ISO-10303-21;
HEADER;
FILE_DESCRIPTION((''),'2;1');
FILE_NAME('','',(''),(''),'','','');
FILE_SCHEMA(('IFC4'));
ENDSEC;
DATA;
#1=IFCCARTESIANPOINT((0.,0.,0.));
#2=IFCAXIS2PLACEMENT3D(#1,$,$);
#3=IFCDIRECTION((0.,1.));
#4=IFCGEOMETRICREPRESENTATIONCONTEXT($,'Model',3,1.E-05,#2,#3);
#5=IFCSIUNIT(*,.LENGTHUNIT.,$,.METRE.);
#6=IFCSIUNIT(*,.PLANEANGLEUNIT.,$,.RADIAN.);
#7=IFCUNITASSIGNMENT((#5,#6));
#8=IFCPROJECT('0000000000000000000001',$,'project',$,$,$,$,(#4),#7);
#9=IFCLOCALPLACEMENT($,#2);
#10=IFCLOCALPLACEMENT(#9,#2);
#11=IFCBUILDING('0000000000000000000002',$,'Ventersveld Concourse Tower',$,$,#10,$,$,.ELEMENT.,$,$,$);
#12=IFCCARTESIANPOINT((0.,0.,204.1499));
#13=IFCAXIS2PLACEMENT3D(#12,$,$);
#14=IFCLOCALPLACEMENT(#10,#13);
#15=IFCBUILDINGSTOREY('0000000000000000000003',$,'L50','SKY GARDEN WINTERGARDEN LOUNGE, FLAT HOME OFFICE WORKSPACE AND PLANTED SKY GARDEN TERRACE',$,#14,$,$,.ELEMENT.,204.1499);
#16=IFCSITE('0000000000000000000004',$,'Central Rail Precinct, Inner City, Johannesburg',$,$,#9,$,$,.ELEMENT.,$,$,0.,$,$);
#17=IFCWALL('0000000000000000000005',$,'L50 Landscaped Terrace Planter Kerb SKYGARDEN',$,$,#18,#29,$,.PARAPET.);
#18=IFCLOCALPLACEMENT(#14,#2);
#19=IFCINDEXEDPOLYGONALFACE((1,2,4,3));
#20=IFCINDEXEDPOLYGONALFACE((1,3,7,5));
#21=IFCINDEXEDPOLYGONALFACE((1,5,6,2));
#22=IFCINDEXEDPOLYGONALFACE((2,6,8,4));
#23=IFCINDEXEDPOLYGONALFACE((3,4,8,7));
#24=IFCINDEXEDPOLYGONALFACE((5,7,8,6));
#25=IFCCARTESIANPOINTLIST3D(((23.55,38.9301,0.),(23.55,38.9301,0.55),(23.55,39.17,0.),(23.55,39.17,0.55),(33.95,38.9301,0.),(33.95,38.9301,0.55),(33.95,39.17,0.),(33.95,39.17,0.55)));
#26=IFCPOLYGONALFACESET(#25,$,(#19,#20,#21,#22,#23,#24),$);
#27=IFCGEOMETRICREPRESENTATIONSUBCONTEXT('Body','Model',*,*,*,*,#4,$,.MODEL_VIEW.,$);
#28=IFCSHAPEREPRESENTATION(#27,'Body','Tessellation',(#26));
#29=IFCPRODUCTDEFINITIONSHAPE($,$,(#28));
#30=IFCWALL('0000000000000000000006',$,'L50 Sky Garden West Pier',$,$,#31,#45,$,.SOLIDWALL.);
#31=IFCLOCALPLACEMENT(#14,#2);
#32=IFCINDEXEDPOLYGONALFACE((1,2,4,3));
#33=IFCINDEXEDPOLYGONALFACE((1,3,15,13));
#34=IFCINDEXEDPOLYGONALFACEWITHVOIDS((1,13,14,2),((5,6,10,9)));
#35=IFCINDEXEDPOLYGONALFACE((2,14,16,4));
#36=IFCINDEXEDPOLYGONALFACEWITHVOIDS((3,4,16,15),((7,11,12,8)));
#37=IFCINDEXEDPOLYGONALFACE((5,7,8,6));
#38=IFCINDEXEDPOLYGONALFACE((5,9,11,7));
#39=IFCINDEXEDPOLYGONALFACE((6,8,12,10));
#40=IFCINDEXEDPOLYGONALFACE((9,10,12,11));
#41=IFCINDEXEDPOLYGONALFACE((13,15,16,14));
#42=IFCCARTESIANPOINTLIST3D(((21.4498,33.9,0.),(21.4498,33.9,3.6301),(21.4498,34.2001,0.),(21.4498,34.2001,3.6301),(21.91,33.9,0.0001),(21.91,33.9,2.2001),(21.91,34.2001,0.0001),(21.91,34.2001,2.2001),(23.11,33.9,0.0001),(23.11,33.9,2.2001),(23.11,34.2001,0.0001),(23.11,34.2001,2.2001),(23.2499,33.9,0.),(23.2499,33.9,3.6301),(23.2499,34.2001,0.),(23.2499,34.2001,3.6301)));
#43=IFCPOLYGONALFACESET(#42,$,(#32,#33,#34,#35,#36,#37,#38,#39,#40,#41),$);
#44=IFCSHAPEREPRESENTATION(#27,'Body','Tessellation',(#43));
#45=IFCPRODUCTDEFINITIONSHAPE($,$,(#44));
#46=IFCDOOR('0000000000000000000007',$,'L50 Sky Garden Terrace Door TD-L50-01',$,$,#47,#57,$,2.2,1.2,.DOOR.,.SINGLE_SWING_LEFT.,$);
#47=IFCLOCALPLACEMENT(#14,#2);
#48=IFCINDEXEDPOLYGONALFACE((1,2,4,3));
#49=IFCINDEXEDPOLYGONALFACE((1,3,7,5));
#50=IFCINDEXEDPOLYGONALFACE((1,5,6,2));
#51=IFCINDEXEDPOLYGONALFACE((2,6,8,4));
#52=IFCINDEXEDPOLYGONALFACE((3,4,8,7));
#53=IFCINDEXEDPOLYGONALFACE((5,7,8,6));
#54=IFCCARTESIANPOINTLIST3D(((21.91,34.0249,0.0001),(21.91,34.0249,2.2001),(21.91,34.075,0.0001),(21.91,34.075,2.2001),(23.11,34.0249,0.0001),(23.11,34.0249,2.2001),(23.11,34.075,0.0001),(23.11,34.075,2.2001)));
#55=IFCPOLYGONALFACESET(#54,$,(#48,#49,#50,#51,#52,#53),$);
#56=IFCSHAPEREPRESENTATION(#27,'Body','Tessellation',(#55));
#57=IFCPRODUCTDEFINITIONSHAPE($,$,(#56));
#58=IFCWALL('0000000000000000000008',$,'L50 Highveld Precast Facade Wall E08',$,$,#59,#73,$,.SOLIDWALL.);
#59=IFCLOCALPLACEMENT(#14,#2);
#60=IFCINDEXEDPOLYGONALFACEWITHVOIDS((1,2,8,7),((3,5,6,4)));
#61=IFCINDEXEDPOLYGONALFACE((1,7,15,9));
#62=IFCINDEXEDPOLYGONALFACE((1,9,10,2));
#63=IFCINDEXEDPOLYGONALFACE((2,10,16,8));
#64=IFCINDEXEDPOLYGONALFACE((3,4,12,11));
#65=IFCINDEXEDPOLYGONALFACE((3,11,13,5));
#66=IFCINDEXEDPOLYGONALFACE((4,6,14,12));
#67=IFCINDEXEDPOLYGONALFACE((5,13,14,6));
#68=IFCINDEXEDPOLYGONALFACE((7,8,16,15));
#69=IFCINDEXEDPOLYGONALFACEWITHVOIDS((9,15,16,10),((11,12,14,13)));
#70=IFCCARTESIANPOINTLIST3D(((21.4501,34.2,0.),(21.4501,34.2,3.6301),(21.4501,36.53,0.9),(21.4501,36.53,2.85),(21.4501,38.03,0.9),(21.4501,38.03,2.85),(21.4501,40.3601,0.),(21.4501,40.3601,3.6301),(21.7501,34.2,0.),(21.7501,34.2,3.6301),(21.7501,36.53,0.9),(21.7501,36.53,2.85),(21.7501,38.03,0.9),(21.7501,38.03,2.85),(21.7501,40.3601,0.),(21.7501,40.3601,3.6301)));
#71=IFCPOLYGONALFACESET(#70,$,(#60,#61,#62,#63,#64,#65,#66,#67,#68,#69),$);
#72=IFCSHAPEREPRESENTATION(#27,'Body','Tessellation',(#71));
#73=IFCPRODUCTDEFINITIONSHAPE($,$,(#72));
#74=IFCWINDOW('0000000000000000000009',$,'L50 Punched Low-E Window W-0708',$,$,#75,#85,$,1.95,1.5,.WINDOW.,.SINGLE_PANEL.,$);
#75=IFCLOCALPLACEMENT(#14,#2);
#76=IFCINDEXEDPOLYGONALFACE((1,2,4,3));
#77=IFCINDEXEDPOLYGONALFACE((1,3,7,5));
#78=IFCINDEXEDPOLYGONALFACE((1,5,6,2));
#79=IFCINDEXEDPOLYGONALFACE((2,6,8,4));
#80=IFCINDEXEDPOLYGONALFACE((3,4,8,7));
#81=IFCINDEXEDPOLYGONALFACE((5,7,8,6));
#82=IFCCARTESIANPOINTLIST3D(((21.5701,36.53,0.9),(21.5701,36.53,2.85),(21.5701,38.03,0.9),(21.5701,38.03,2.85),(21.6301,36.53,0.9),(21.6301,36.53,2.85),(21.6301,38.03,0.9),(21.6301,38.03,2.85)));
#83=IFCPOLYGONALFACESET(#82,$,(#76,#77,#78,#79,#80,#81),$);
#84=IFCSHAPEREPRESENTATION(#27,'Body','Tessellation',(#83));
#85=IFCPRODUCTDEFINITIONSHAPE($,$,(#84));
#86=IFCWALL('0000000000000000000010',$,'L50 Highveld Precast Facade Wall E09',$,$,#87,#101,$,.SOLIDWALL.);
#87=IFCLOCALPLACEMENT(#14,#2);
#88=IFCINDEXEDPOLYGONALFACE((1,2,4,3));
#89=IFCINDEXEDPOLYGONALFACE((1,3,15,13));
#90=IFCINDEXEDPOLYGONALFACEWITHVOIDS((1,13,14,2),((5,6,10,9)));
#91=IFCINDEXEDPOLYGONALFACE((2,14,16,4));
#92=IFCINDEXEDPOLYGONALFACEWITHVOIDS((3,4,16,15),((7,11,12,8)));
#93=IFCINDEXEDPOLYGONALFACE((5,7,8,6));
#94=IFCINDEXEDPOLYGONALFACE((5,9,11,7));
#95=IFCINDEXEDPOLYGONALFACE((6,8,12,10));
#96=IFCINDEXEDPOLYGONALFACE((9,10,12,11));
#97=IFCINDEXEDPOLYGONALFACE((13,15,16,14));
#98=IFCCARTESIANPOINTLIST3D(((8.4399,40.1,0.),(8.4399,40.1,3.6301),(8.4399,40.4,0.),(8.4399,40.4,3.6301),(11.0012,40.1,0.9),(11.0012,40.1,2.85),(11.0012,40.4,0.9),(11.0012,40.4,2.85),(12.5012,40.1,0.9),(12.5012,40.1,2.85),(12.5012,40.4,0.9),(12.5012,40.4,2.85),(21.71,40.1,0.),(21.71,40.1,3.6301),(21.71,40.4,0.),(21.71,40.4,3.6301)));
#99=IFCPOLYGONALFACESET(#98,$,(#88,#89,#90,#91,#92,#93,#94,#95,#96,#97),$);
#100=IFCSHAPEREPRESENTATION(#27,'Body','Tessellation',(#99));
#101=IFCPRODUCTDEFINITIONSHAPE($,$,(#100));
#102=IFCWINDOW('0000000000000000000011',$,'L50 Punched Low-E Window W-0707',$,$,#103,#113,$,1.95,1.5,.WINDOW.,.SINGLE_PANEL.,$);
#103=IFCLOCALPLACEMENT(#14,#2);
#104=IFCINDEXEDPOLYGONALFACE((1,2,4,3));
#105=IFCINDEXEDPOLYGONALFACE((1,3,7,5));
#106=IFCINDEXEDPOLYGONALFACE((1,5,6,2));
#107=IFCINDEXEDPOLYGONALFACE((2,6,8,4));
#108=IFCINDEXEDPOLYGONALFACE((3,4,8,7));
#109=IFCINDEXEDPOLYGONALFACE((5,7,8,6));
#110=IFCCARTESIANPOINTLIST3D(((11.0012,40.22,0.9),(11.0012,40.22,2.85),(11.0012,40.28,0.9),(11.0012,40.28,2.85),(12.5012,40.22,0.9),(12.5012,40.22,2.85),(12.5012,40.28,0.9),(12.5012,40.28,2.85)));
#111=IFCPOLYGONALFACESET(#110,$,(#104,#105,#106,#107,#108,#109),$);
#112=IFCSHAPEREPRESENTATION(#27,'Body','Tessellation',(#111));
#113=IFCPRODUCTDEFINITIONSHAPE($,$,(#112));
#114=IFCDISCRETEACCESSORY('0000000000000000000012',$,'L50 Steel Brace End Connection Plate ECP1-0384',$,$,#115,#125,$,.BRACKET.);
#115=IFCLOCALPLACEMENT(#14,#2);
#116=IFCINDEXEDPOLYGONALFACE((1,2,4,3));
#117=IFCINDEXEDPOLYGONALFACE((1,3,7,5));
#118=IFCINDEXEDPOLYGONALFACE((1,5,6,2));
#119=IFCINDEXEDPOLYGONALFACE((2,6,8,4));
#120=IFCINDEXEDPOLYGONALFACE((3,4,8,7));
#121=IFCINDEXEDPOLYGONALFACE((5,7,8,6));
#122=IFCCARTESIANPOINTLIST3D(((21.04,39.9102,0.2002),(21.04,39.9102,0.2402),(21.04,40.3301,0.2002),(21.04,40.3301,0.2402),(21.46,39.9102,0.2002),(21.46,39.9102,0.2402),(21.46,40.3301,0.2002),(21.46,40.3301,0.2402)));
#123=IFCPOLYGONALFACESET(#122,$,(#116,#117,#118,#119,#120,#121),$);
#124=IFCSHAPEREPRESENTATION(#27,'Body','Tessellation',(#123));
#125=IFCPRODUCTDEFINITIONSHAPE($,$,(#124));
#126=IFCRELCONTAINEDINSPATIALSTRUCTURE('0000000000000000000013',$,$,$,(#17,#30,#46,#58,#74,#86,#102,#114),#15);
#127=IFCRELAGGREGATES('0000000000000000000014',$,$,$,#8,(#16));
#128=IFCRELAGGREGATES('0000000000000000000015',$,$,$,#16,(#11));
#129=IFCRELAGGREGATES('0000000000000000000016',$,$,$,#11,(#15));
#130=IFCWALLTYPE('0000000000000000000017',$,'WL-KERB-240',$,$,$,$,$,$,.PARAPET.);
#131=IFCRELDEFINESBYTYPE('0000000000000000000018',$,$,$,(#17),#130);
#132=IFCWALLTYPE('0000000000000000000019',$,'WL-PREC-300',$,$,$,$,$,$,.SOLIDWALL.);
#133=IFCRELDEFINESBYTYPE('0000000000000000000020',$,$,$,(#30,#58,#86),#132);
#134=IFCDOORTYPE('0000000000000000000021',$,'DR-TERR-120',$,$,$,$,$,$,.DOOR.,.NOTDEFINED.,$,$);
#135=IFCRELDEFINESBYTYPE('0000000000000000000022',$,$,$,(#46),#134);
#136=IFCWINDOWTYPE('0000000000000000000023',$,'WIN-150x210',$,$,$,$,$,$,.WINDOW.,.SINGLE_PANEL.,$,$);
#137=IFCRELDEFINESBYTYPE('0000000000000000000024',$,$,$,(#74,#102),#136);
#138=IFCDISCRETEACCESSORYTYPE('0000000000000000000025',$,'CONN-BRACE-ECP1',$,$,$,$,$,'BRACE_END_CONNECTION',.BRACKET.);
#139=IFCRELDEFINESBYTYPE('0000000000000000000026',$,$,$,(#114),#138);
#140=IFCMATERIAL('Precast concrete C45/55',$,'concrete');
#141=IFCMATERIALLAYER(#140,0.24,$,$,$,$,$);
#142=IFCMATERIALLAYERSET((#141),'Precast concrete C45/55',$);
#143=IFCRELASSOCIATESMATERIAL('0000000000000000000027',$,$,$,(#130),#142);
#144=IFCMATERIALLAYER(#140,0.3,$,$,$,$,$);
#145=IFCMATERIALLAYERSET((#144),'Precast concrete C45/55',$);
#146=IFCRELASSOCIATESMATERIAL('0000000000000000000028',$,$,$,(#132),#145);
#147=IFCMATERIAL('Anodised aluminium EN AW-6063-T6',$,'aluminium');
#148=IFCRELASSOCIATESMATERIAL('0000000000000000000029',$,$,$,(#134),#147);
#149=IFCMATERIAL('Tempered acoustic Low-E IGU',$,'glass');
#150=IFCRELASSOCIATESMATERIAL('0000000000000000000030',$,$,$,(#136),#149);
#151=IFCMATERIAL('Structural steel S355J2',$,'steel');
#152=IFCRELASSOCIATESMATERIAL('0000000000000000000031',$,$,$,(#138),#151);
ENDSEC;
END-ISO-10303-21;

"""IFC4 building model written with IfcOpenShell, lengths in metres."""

from ifc_helpers import new_model, si_unit, direction, frame, frame_2d, origin, origin_2d, place, context, subcontext, project, spatial, rectangle, extrude, material, layer, layer_set, type_object, element, fill, save


model = new_model("IFC4")

# Units and contexts
model_context = context("Model", 3, precision=1e-05, world=origin(), true_north=direction((0.0, 1.0)))
body_context = subcontext(model_context, "Body", "Model", "MODEL_VIEW")
ifc_project = project(units=[si_unit("LENGTHUNIT", "METRE"), si_unit("PLANEANGLEUNIT", "RADIAN")], contexts=[model_context])

# Site, building, storey
site_placement = place(None, origin())
site = spatial("IfcSite", under=ifc_project, at=site_placement, Name="Central Rail Precinct, Inner City, Johannesburg", CompositionType="ELEMENT", RefElevation=0.0)
building_placement = place(site_placement, origin())
building = spatial("IfcBuilding", under=site, at=building_placement, Name="Ventersveld Concourse Tower", CompositionType="ELEMENT")
storey_placement = place(building_placement, frame((0.0, 0.0, 204.1499)))
storey = spatial("IfcBuildingStorey", under=building, at=storey_placement, Name="L50", Description="SKY GARDEN WINTERGARDEN LOUNGE, FLAT HOME OFFICE WORKSPACE AND PLANTED SKY GARDEN TERRACE", CompositionType="ELEMENT", Elevation=204.1499)

# Shared definitions
ifc_material_1 = material(Name="Anodised aluminium EN AW-6063-T6", Category="aluminium")

# Wall
ifc_material_2 = material(Name="Precast concrete C45/55", Category="concrete")
ifc_layer_1 = layer(ifc_material_2, 0.24)
ifc_layer_set_1 = layer_set([ifc_layer_1], Name="Precast concrete C45/55")
wall_type_1 = type_object("IfcWallType", Name="WL-KERB-240", PredefinedType="PARAPET", material=ifc_layer_set_1)
wall_1_placement = place(storey_placement, frame((23.55, 39.05, 0.0), z_axis=(0.0, 0.0, 1.0), x_axis=(1.0, 0.0, 0.0)))
element("IfcWall", 1, at=wall_1_placement, inside=storey, type_object=wall_type_1, Name="L50 Landscaped Terrace Planter Kerb SKYGARDEN", PredefinedType="PARAPET", context=body_context, shape_type="SweptSolid", body=[
    extrude(rectangle(XDim=10.3999, YDim=0.24, at=frame_2d((5.2, 0.0))), origin(), (0.0, 0.0, 1.0), 0.55),
])

# Wall, opening, door
ifc_layer_2 = layer(ifc_material_2, 0.3)
ifc_layer_set_2 = layer_set([ifc_layer_2], Name="Precast concrete C45/55")
wall_type_2 = type_object("IfcWallType", Name="WL-PREC-300", PredefinedType="SOLIDWALL", material=ifc_layer_set_2)
wall_2_placement = place(storey_placement, frame((21.45, 34.05, 0.0), z_axis=(0.0, 0.0, 1.0), x_axis=(1.0, 0.0, 0.0)))
wall_2 = element("IfcWall", 2, at=wall_2_placement, inside=storey, type_object=wall_type_2, Name="L50 Sky Garden West Pier", PredefinedType="SOLIDWALL", context=body_context, shape_type="SweptSolid", body=[
    extrude(rectangle(XDim=1.8, YDim=0.3, at=frame_2d((0.8999, 0.0))), origin(), (0.0, 0.0, 1.0), 3.6301),
])
opening_1_placement = place(wall_2_placement, frame((0.46, 0.0, 0.0)))
opening_1 = element("IfcOpeningElement", 3, at=opening_1_placement, cuts=wall_2, PredefinedType="OPENING", context=body_context, shape_type="SweptSolid", body=[
    extrude(rectangle(XDim=1.2, YDim=2.2, at=frame_2d((0.6001, 1.1001))), frame((0.0, 0.1602, 0.0), z_axis=(0.0, -1.0, 0.0), x_axis=(1.0, 0.0, 0.0)), (0.0, 0.0, 1.0), 0.3201),
])
door_type = type_object("IfcDoorType", Name="DR-TERR-120", OperationType="NOTDEFINED", PredefinedType="DOOR", material=ifc_material_1)
door_placement = place(opening_1_placement, origin())
door = element("IfcDoor", 4, at=door_placement, inside=storey, type_object=door_type, Name="L50 Sky Garden Terrace Door TD-L50-01", OperationType="SINGLE_SWING_LEFT", OverallHeight=2.2, OverallWidth=1.2, PredefinedType="DOOR", context=body_context, shape_type="SweptSolid", body=[
    extrude(rectangle(XDim=1.2, YDim=2.2, at=frame_2d((0.6001, 1.1001))), frame((0.0, 0.0249, 0.0), z_axis=(0.0, -1.0, 0.0), x_axis=(1.0, 0.0, 0.0)), (0.0, 0.0, 1.0), 0.05),
])
fill(opening_1, door)

# Walls, openings, windows
wall_3_placement = place(storey_placement, frame((21.6001, 34.2, 0.0), z_axis=(0.0, 0.0, 1.0), x_axis=(0.0, 1.0, 0.0)))
wall_3 = element("IfcWall", 5, at=wall_3_placement, inside=storey, type_object=wall_type_2, Name="L50 Highveld Precast Facade Wall E08", PredefinedType="SOLIDWALL", context=body_context, shape_type="SweptSolid", body=[
    extrude(rectangle(XDim=6.1602, YDim=0.3, at=frame_2d((3.0801, 0.0))), origin(), (0.0, 0.0, 1.0), 3.6301),
])
opening_2_placement = place(wall_3_placement, frame((2.3301, 0.0, 0.8999)))
opening_2 = element("IfcOpeningElement", 6, at=opening_2_placement, cuts=wall_3, PredefinedType="OPENING", context=body_context, shape_type="SweptSolid", body=[
    extrude(rectangle(XDim=1.5, YDim=1.95, at=frame_2d((0.75, 0.9751))), frame((0.0, 0.1602, 0.0), z_axis=(0.0, -1.0, 0.0), x_axis=(1.0, 0.0, 0.0)), (0.0, 0.0, 1.0), 0.3201),
])
ifc_material_3 = material(Name="Tempered acoustic Low-E IGU", Category="glass")
window_type = type_object("IfcWindowType", Name="WIN-150x210", PartitioningType="SINGLE_PANEL", PredefinedType="WINDOW", material=ifc_material_3)
window_1_placement = place(opening_2_placement, origin())
window_1 = element("IfcWindow", 7, at=window_1_placement, inside=storey, type_object=window_type, Name="L50 Punched Low-E Window W-0708", OverallHeight=1.95, OverallWidth=1.5, PartitioningType="SINGLE_PANEL", PredefinedType="WINDOW", context=body_context, shape_type="SweptSolid", body=[
    extrude(rectangle(XDim=1.5, YDim=1.95, at=frame_2d((0.75, 0.9751))), frame((0.0, 0.03, 0.0), z_axis=(0.0, -1.0, 0.0), x_axis=(1.0, 0.0, 0.0)), (0.0, 0.0, 1.0), 0.0601),
])
fill(opening_2, window_1)
wall_4_placement = place(storey_placement, frame((21.71, 40.25, 0.0), z_axis=(0.0, 0.0, 1.0), x_axis=(-1.0, 0.0, 0.0)))
wall_4 = element("IfcWall", 8, at=wall_4_placement, inside=storey, type_object=wall_type_2, Name="L50 Highveld Precast Facade Wall E09", PredefinedType="SOLIDWALL", context=body_context, shape_type="SweptSolid", body=[
    extrude(rectangle(XDim=13.27, YDim=0.3, at=frame_2d((6.635, 0.0))), origin(), (0.0, 0.0, 1.0), 3.6301),
])
opening_3_placement = place(wall_4_placement, frame((9.2087, 0.0, 0.8999)))
opening_3 = element("IfcOpeningElement", 9, at=opening_3_placement, cuts=wall_4, PredefinedType="OPENING", context=body_context, shape_type="SweptSolid", body=[
    extrude(rectangle(XDim=1.5, YDim=1.95, at=frame_2d((0.75, 0.9751))), frame((0.0, 0.1602, 0.0), z_axis=(0.0, -1.0, 0.0), x_axis=(1.0, 0.0, 0.0)), (0.0, 0.0, 1.0), 0.3201),
])
window_2_placement = place(opening_3_placement, origin())
window_2 = element("IfcWindow", 10, at=window_2_placement, inside=storey, type_object=window_type, Name="L50 Punched Low-E Window W-0707", OverallHeight=1.95, OverallWidth=1.5, PartitioningType="SINGLE_PANEL", PredefinedType="WINDOW", context=body_context, shape_type="SweptSolid", body=[
    extrude(rectangle(XDim=1.5, YDim=1.95, at=frame_2d((0.75, 0.9751))), frame((0.0, 0.03, 0.0), z_axis=(0.0, -1.0, 0.0), x_axis=(1.0, 0.0, 0.0)), (0.0, 0.0, 1.0), 0.0601),
])
fill(opening_3, window_2)

# Discrete accessory
ifc_material_4 = material(Name="Structural steel S355J2", Category="steel")
discrete_accessory_type = type_object("IfcDiscreteAccessoryType", Name="CONN-BRACE-ECP1", ElementType="BRACE_END_CONNECTION", PredefinedType="BRACKET", material=ifc_material_4)
discrete_accessory_placement = place(storey_placement, frame((21.25, 40.1201, 0.2002), z_axis=(0.0, 0.0, 1.0), x_axis=(1.0, 0.0, 0.0)))
element("IfcDiscreteAccessory", 11, at=discrete_accessory_placement, inside=storey, type_object=discrete_accessory_type, Name="L50 Steel Brace End Connection Plate ECP1-0384", PredefinedType="BRACKET", context=body_context, shape_type="SweptSolid", body=[
    extrude(rectangle(XDim=0.4199, YDim=0.4199, at=origin_2d()), origin(), (0.0, 0.0, 1.0), 0.04),
])

save(model, "model.ifc")
